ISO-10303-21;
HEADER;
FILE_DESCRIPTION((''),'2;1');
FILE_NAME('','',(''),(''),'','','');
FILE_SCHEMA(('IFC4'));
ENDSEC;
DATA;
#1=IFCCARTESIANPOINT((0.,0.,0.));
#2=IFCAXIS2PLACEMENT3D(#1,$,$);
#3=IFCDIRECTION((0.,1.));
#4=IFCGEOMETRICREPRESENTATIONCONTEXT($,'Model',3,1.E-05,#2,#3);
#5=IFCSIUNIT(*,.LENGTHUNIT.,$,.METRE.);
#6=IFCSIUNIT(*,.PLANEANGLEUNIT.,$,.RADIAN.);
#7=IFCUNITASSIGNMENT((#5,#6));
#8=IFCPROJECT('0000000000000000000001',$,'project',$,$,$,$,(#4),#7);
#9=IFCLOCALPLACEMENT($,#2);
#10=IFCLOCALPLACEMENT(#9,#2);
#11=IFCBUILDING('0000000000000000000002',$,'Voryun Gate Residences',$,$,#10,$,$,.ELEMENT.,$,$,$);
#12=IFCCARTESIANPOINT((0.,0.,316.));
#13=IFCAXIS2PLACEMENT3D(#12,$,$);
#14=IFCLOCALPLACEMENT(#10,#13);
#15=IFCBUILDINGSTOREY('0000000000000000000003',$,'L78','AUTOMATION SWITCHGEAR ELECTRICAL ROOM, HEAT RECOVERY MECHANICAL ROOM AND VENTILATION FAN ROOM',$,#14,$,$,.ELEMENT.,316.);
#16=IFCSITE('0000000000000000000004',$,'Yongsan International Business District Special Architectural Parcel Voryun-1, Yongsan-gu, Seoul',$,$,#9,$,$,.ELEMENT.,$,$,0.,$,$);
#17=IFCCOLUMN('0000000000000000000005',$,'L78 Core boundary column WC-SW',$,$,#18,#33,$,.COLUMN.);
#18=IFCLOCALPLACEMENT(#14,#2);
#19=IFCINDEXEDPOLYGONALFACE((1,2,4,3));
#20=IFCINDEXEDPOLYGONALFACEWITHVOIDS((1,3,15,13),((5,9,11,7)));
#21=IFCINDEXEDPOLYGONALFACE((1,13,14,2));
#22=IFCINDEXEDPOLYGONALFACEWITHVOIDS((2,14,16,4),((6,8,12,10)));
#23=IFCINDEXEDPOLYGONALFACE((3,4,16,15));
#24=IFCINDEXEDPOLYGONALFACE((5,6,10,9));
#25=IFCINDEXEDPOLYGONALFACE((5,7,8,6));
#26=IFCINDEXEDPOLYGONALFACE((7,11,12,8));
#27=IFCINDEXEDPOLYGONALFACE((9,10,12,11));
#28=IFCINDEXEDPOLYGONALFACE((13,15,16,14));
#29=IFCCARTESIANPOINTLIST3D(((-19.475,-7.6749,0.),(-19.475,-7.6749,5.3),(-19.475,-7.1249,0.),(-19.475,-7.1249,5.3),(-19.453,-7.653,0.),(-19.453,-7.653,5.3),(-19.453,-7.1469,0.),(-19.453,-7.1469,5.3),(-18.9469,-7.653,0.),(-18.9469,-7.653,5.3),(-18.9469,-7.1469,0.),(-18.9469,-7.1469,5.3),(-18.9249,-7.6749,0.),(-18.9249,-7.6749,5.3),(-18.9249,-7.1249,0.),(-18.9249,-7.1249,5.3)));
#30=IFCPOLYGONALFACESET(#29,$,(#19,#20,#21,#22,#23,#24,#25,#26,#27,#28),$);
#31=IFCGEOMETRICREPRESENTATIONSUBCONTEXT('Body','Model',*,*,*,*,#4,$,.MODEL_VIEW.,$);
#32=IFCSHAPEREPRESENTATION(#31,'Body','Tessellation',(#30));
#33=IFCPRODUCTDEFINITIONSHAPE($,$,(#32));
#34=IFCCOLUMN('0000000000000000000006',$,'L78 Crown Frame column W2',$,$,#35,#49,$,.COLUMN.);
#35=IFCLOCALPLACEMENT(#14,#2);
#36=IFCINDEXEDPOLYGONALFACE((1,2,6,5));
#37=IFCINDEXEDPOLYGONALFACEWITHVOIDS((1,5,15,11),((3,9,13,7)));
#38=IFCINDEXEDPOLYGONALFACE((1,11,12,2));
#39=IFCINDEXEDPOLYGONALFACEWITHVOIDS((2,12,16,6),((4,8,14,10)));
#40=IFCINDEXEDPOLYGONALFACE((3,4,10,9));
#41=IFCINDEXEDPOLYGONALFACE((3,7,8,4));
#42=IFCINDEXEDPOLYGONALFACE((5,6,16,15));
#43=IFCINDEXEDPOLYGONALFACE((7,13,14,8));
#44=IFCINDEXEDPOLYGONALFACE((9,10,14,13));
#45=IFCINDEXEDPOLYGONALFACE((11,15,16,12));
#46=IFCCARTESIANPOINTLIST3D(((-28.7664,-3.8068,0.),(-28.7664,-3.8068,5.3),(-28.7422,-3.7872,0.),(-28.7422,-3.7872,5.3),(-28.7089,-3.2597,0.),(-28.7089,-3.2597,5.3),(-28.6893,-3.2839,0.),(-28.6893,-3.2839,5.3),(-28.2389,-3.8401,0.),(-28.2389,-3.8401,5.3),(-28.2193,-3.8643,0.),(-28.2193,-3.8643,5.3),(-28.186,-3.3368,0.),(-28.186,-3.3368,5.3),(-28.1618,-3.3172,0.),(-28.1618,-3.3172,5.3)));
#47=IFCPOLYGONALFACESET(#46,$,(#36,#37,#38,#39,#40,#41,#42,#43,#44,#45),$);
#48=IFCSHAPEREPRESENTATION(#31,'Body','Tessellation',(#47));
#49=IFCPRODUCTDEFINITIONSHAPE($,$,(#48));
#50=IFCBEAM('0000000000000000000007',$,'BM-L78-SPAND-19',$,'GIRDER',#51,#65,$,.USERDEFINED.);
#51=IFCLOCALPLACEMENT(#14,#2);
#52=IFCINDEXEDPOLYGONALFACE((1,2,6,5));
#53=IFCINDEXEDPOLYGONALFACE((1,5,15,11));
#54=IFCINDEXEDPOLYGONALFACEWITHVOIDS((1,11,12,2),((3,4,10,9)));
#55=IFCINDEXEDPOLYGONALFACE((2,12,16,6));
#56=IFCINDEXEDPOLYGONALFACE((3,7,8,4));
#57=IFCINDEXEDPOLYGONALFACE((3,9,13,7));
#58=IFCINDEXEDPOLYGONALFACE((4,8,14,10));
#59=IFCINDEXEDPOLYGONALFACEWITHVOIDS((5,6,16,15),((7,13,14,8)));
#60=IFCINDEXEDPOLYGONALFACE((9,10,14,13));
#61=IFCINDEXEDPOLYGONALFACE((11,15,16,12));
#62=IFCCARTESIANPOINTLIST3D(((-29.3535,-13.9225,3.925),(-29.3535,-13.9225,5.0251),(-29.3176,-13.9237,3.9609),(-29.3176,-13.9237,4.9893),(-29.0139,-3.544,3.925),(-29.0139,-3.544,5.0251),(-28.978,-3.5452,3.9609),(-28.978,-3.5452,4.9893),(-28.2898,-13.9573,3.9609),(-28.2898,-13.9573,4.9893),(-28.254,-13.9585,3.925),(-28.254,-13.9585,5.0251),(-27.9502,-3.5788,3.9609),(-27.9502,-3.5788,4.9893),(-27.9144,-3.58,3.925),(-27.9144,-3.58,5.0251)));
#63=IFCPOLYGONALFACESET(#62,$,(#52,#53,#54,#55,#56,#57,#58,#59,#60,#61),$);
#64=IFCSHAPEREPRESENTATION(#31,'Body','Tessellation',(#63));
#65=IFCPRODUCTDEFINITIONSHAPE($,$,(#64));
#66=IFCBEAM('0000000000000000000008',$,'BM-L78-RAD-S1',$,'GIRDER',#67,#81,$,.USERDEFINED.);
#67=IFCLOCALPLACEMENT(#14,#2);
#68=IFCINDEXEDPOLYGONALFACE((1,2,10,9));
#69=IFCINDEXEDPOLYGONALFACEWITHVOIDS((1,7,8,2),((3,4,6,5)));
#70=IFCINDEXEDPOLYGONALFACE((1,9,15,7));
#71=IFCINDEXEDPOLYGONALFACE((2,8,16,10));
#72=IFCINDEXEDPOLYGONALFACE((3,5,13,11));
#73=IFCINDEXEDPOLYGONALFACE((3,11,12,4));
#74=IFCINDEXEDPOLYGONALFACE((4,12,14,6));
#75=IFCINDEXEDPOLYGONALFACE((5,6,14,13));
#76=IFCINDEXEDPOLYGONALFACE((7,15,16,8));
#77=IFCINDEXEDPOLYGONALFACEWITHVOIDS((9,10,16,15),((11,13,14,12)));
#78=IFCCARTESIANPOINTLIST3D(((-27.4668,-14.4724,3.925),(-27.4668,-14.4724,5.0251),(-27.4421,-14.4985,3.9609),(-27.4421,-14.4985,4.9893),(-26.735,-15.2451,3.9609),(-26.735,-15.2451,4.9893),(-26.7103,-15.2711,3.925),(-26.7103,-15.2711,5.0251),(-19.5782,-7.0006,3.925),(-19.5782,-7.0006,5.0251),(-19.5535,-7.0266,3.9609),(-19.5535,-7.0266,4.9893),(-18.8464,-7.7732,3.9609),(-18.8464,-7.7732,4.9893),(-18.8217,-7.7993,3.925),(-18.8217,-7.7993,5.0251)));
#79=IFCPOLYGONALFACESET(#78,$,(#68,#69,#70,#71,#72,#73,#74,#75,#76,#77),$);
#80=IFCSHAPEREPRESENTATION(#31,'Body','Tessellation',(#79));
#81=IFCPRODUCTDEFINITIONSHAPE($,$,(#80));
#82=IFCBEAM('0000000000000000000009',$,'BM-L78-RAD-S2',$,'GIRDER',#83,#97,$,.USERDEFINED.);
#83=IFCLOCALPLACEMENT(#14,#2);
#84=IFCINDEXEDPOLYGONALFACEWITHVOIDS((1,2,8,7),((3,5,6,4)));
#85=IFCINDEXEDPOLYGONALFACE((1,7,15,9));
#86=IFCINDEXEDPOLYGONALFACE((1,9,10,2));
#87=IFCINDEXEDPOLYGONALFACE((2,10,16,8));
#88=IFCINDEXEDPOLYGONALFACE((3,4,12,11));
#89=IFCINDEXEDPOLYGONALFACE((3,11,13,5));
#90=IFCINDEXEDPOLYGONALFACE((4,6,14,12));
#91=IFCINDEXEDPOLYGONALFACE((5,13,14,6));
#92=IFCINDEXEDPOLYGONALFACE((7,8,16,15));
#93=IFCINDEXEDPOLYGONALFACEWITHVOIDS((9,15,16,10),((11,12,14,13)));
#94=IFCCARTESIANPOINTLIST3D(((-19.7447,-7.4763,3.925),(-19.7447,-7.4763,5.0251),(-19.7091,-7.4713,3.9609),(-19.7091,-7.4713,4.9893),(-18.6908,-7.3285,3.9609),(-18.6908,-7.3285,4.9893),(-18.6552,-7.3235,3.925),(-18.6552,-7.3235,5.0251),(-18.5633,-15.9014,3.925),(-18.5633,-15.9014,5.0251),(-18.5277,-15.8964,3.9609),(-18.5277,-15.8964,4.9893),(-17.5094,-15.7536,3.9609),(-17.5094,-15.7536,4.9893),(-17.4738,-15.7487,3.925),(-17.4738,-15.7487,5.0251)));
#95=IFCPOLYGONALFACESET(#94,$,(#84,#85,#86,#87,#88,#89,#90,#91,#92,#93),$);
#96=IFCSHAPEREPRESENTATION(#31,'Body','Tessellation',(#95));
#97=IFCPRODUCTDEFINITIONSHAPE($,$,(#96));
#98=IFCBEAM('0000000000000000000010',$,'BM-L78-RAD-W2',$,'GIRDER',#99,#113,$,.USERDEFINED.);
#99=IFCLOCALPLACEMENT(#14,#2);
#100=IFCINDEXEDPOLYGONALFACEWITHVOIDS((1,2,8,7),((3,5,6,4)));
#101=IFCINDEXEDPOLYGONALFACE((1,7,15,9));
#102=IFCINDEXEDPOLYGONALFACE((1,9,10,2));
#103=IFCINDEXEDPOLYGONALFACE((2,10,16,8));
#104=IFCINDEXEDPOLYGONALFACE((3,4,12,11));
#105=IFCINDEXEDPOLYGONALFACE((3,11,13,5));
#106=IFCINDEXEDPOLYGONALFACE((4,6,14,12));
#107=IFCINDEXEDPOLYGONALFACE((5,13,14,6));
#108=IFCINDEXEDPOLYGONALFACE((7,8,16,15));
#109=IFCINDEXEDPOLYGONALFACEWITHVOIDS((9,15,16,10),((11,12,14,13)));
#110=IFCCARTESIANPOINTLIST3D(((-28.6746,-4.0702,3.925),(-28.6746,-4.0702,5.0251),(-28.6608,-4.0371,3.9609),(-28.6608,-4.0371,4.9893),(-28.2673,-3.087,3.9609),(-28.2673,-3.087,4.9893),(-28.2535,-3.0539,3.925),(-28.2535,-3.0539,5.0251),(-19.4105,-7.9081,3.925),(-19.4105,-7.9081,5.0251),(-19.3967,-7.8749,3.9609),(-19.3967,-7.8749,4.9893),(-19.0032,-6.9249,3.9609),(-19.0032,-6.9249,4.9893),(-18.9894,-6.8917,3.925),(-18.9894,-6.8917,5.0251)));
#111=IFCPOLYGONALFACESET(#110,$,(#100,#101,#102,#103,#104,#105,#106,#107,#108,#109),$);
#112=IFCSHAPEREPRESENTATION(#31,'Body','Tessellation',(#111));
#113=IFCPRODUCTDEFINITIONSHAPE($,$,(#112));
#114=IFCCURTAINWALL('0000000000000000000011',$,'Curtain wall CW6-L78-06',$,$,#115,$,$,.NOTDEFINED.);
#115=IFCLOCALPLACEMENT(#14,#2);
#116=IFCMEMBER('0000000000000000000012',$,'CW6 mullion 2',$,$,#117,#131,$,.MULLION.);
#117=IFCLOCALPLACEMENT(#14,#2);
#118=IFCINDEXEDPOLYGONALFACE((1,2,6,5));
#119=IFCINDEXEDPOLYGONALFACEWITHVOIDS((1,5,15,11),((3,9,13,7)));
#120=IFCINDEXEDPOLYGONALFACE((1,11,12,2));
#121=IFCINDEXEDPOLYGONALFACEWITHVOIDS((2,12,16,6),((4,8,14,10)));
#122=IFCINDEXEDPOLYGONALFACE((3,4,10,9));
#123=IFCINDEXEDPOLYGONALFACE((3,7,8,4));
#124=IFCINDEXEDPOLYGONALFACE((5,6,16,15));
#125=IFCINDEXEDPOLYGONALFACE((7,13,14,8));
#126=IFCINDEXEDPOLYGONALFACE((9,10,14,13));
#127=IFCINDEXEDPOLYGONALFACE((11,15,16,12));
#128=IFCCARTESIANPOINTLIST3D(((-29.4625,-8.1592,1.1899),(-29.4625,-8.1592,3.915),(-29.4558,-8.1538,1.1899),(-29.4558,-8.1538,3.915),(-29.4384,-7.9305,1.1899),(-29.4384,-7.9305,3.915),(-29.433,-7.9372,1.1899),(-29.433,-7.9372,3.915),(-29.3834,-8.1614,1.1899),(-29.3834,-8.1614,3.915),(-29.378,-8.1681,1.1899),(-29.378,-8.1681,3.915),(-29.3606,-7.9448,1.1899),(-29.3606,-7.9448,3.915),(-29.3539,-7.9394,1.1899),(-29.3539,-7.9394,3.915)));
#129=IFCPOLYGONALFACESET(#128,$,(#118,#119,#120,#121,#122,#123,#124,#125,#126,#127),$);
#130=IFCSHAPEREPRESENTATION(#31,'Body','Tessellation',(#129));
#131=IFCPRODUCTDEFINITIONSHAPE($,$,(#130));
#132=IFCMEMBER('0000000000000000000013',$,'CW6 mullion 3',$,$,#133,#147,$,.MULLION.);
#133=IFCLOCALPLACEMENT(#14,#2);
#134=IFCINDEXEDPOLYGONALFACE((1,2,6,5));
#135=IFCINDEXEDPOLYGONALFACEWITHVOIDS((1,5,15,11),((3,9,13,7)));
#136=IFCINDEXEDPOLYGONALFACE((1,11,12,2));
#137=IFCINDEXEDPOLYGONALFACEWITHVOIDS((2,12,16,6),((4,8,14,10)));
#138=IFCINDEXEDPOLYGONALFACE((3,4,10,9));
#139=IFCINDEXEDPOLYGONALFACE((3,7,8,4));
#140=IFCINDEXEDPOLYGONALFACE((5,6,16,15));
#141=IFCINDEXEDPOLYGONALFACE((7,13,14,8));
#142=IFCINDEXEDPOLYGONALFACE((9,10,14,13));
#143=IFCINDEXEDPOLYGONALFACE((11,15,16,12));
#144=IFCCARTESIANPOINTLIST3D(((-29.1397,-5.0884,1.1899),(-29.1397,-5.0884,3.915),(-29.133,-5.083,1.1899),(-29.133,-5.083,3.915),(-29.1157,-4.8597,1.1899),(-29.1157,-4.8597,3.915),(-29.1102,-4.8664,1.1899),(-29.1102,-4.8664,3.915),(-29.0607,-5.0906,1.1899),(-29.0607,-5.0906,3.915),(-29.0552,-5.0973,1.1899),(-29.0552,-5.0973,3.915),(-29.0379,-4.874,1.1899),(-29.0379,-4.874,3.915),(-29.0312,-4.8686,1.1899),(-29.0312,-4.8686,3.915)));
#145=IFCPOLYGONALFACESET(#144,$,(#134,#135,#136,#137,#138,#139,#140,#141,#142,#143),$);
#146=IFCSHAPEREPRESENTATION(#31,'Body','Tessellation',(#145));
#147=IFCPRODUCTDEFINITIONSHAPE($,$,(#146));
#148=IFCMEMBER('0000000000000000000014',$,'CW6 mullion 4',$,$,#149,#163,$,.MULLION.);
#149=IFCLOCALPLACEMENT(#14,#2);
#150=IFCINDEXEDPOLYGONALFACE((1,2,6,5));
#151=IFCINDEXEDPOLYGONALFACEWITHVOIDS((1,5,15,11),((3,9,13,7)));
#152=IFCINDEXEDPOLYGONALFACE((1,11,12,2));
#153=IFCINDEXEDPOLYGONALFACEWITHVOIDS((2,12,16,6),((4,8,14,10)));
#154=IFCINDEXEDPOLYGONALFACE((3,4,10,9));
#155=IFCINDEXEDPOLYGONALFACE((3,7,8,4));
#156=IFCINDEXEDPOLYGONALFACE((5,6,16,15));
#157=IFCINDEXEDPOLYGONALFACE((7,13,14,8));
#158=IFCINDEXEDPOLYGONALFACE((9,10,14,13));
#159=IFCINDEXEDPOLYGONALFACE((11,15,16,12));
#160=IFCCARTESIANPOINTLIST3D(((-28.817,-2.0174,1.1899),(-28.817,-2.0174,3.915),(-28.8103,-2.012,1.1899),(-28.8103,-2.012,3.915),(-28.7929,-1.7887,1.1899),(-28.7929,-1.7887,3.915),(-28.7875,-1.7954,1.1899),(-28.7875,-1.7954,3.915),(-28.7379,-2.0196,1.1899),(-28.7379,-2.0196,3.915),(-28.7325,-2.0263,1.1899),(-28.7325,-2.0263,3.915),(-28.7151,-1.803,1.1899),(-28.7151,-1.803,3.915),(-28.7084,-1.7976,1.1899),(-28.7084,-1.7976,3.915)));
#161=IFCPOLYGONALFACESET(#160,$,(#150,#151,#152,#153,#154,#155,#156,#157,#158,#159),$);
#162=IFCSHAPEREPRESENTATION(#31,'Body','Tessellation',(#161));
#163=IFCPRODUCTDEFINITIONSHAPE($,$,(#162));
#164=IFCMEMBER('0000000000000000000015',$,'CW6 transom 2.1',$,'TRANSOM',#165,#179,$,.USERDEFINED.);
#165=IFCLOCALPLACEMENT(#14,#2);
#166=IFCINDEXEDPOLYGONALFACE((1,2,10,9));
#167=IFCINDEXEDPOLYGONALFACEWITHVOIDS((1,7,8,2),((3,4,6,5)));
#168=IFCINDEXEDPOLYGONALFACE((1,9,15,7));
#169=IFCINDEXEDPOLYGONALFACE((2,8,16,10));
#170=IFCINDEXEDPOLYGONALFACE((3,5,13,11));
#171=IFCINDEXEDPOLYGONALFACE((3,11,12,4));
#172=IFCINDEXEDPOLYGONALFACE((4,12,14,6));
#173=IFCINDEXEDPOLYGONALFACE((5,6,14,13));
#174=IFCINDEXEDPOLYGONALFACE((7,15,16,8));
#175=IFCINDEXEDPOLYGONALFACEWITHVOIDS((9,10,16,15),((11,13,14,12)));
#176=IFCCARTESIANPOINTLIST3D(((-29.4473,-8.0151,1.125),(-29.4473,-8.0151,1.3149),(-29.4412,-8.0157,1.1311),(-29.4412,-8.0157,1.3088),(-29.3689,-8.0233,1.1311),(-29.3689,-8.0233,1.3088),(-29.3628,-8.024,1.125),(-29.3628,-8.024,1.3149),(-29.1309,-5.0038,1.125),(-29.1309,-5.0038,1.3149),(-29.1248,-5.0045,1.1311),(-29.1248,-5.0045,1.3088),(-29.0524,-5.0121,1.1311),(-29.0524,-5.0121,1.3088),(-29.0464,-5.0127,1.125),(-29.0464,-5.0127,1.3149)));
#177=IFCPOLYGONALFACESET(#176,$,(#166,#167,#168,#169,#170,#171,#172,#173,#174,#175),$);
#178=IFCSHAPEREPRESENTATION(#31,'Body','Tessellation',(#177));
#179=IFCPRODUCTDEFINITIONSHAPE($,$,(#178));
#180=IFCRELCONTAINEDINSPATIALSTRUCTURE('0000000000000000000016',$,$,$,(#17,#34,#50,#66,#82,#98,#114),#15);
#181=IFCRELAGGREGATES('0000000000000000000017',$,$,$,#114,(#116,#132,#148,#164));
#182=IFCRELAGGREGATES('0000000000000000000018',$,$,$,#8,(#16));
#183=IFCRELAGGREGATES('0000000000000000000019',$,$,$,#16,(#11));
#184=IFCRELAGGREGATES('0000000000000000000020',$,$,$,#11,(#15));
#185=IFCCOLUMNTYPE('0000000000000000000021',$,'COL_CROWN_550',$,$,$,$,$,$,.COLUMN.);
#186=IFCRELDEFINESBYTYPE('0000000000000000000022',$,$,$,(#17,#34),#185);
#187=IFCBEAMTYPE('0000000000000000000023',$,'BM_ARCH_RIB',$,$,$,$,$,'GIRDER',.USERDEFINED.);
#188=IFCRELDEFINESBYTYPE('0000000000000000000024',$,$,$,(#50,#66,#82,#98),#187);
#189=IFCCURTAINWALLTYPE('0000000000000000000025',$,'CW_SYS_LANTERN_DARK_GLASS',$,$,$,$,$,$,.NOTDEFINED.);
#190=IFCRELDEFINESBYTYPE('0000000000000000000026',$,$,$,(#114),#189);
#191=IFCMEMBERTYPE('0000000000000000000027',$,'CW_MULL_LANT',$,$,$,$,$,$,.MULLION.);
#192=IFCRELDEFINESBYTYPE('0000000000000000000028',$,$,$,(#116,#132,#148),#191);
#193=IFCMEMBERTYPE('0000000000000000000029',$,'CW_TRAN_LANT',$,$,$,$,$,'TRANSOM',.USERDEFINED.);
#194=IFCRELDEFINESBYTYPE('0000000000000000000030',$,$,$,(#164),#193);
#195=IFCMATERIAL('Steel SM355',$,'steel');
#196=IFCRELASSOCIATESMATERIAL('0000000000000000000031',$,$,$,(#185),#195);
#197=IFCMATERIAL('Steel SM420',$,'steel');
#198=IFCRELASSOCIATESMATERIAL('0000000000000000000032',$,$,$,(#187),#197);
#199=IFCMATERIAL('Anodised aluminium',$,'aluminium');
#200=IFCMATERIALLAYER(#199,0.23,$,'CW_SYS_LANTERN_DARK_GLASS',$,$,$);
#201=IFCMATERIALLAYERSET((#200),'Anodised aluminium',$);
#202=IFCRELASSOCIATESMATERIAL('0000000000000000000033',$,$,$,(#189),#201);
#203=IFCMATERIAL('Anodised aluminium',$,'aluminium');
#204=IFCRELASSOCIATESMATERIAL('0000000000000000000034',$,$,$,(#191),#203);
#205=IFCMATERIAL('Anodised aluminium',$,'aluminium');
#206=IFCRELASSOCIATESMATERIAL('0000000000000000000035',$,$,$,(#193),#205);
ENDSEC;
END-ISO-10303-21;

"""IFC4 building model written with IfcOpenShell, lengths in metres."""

from ifc_helpers import new_model, si_unit, direction, frame, origin, origin_2d, place, context, subcontext, project, spatial, hollow_rectangle, extrude, material, layer, layer_set, material_profile, profile_set, type_object, element, aggregate, save


model = new_model("IFC4")

# Units and contexts
model_context = context("Model", 3, precision=1e-05, world=origin(), true_north=direction((0.0, 1.0)))
body_context = subcontext(model_context, "Body", "Model", "MODEL_VIEW")
ifc_project = project(units=[si_unit("LENGTHUNIT", "METRE"), si_unit("PLANEANGLEUNIT", "RADIAN")], contexts=[model_context])

# Site, building, storey
site_placement = place(None, origin())
site = spatial("IfcSite", under=ifc_project, at=site_placement, Name="Yongsan International Business District Special Architectural Parcel Voryun-1, Yongsan-gu, Seoul", CompositionType="ELEMENT", RefElevation=0.0)
building_placement = place(site_placement, origin())
building = spatial("IfcBuilding", under=site, at=building_placement, Name="Voryun Gate Residences", CompositionType="ELEMENT")
storey_placement = place(building_placement, frame((0.0, 0.0, 316.0)))
storey = spatial("IfcBuildingStorey", under=building, at=storey_placement, Name="L78", Description="AUTOMATION SWITCHGEAR ELECTRICAL ROOM, HEAT RECOVERY MECHANICAL ROOM AND VENTILATION FAN ROOM", CompositionType="ELEMENT", Elevation=316.0)

# Columns
ifc_material_1 = material(Name="Steel SM355", Category="steel")
ifc_material_profile_1 = material_profile(ifc_material_1, hollow_rectangle(XDim=0.55, YDim=0.55, WallThickness=0.022, at=origin_2d()), Name="BOX-550x550x22")
ifc_profile_set_1 = profile_set([ifc_material_profile_1], Name="Steel SM355")
column_type = type_object("IfcColumnType", Name="COL_CROWN_550", PredefinedType="COLUMN", material=ifc_profile_set_1)
for number, where, z_axis, x_axis, name in (
    (1, (-19.2, -7.3999, 0.0), (0.0, 0.0, 1.0), (1.0, 0.0, 0.0), "L78 Core boundary column WC-SW"),
    (2, (-28.4641, -3.562, 0.0), (0.0, 0.0, 1.0), (0.994522, -0.104528, 0.0), "L78 Crown Frame column W2"),
):
    element("IfcColumn", number, at=place(storey_placement, frame(where, z_axis=z_axis, x_axis=x_axis)), inside=storey, type_object=column_type, Name=name, PredefinedType="COLUMN", context=body_context, shape_type="SweptSolid", body=[
        extrude(hollow_rectangle(XDim=0.55, YDim=0.55, WallThickness=0.022, at=origin_2d()), origin(), (0.0, 0.0, 1.0), 5.3),
    ])

# Beams
ifc_material_2 = material(Name="Steel SM420", Category="steel")
ifc_material_profile_2 = material_profile(ifc_material_2, hollow_rectangle(XDim=1.1001, YDim=1.1001, WallThickness=0.0359, at=origin_2d()), Name="BOX-1100x1100x36")
ifc_profile_set_2 = profile_set([ifc_material_profile_2], Name="Steel SM420")
beam_type = type_object("IfcBeamType", Name="BM_ARCH_RIB", ElementType="GIRDER", PredefinedType="USERDEFINED", material=ifc_profile_set_2)
beam_1_placement = place(storey_placement, frame((-28.4641, -3.562, 4.4751), z_axis=(-0.032704, -0.999465, 0.0), x_axis=(0.999465, -0.032704, 0.0)))
element("IfcBeam", 3, at=beam_1_placement, inside=storey, type_object=beam_type, Name="BM-L78-SPAND-19", ObjectType="GIRDER", PredefinedType="USERDEFINED", context=body_context, shape_type="SweptSolid", body=[
    extrude(hollow_rectangle(XDim=1.1001, YDim=1.1001, WallThickness=0.0359, at=origin_2d()), origin(), (0.0, 0.0, 1.0), 10.384),
])
beam_2_placement = place(storey_placement, frame((-19.2, -7.3999, 4.4751), z_axis=(-0.726024, -0.687669, 0.0), x_axis=(0.687669, -0.726024, 0.0)))
element("IfcBeam", 4, at=beam_2_placement, inside=storey, type_object=beam_type, Name="BM-L78-RAD-S1", ObjectType="GIRDER", PredefinedType="USERDEFINED", context=body_context, shape_type="SweptSolid", body=[
    extrude(hollow_rectangle(XDim=1.1001, YDim=1.1001, WallThickness=0.0359, at=origin_2d()), origin(), (0.0, 0.0, 1.0), 10.8655),
])
beam_3_placement = place(storey_placement, frame((-19.2, -7.3999, 4.4751), z_axis=(0.138866, -0.990311, 0.0), x_axis=(0.990311, 0.138866, 0.0)))
element("IfcBeam", 5, at=beam_3_placement, inside=storey, type_object=beam_type, Name="BM-L78-RAD-S2", ObjectType="GIRDER", PredefinedType="USERDEFINED", context=body_context, shape_type="SweptSolid", body=[
    extrude(hollow_rectangle(XDim=1.1001, YDim=1.1001, WallThickness=0.0359, at=origin_2d()), origin(), (0.0, 0.0, 1.0), 8.5076),
])
beam_4_placement = place(storey_placement, frame((-19.2, -7.3999, 4.4751), z_axis=(-0.92386, 0.38273, 0.0), x_axis=(-0.38273, -0.92386, 0.0)))
element("IfcBeam", 6, at=beam_4_placement, inside=storey, type_object=beam_type, Name="BM-L78-RAD-W2", ObjectType="GIRDER", PredefinedType="USERDEFINED", context=body_context, shape_type="SweptSolid", body=[
    extrude(hollow_rectangle(XDim=1.1001, YDim=1.1001, WallThickness=0.0359, at=origin_2d()), origin(), (0.0, 0.0, 1.0), 10.0276),
])

# Curtain wall, members
ifc_material_3 = material(Name="Anodised aluminium", Category="aluminium")
ifc_layer_1 = layer(ifc_material_3, 0.23, Name="CW_SYS_LANTERN_DARK_GLASS")
ifc_layer_set_1 = layer_set([ifc_layer_1], Name="Anodised aluminium")
curtain_wall_type = type_object("IfcCurtainWallType", Name="CW_SYS_LANTERN_DARK_GLASS", PredefinedType="NOTDEFINED", material=ifc_layer_set_1)
curtain_wall_placement = place(storey_placement, origin())
curtain_wall = element("IfcCurtainWall", 7, at=curtain_wall_placement, inside=storey, type_object=curtain_wall_type, Name="Curtain wall CW6-L78-06", PredefinedType="NOTDEFINED")
ifc_material_4 = material(Name="Anodised aluminium", Category="aluminium")
ifc_material_profile_3 = material_profile(ifc_material_4, hollow_rectangle(XDim=0.085, YDim=0.23, WallThickness=0.0061, at=origin_2d()), Name="ALU-MULL-230x85x6")
ifc_profile_set_3 = profile_set([ifc_material_profile_3], Name="Anodised aluminium")
member_type_1 = type_object("IfcMemberType", Name="CW_MULL_LANT", PredefinedType="MULLION", material=ifc_profile_set_3)
member_1_placement = place(storey_placement, frame((-29.4082, -8.0493, 1.1899), z_axis=(0.0, 0.0, 1.0), x_axis=(-0.994522, 0.104528, 0.0)))
member_1 = element("IfcMember", 8, at=member_1_placement, type_object=member_type_1, Name="CW6 mullion 2", PredefinedType="MULLION", context=body_context, shape_type="SweptSolid", body=[
    extrude(hollow_rectangle(XDim=0.085, YDim=0.23, WallThickness=0.0061, at=origin_2d()), origin(), (0.0, 0.0, 1.0), 2.7251),
])
member_2_placement = place(storey_placement, frame((-29.0854, -4.9785, 1.1899), z_axis=(0.0, 0.0, 1.0), x_axis=(-0.994522, 0.104528, 0.0)))
member_2 = element("IfcMember", 9, at=member_2_placement, type_object=member_type_1, Name="CW6 mullion 3", PredefinedType="MULLION", context=body_context, shape_type="SweptSolid", body=[
    extrude(hollow_rectangle(XDim=0.085, YDim=0.23, WallThickness=0.0061, at=origin_2d()), origin(), (0.0, 0.0, 1.0), 2.7251),
])
member_3_placement = place(storey_placement, frame((-28.7627, -1.9075, 1.1899), z_axis=(0.0, 0.0, 1.0), x_axis=(-0.994522, 0.104528, 0.0)))
member_3 = element("IfcMember", 10, at=member_3_placement, type_object=member_type_1, Name="CW6 mullion 4", PredefinedType="MULLION", context=body_context, shape_type="SweptSolid", body=[
    extrude(hollow_rectangle(XDim=0.085, YDim=0.23, WallThickness=0.0061, at=origin_2d()), origin(), (0.0, 0.0, 1.0), 2.7251),
])
ifc_material_5 = material(Name="Anodised aluminium", Category="aluminium")
ifc_material_profile_4 = material_profile(ifc_material_5, hollow_rectangle(XDim=0.085, YDim=0.1899, WallThickness=0.0061, at=origin_2d()), Name="ALU-TRAN-190x85x6")
ifc_profile_set_4 = profile_set([ifc_material_profile_4], Name="Anodised aluminium")
member_type_2 = type_object("IfcMemberType", Name="CW_TRAN_LANT", ElementType="TRANSOM", PredefinedType="USERDEFINED", material=ifc_profile_set_4)
member_4_placement = place(storey_placement, frame((-29.405, -8.0195, 1.22), z_axis=(0.1045, 0.994525, 0.0), x_axis=(-0.994525, 0.1045, 0.0)))
member_4 = element("IfcMember", 11, at=member_4_placement, type_object=member_type_2, Name="CW6 transom 2.1", ObjectType="TRANSOM", PredefinedType="USERDEFINED", context=body_context, shape_type="SweptSolid", body=[
    extrude(hollow_rectangle(XDim=0.085, YDim=0.1899, WallThickness=0.0061, at=origin_2d()), origin(), (0.0, 0.0, 1.0), 3.0278),
])

aggregate(curtain_wall, [member_1, member_2, member_3, member_4])

save(model, "model.ifc")
